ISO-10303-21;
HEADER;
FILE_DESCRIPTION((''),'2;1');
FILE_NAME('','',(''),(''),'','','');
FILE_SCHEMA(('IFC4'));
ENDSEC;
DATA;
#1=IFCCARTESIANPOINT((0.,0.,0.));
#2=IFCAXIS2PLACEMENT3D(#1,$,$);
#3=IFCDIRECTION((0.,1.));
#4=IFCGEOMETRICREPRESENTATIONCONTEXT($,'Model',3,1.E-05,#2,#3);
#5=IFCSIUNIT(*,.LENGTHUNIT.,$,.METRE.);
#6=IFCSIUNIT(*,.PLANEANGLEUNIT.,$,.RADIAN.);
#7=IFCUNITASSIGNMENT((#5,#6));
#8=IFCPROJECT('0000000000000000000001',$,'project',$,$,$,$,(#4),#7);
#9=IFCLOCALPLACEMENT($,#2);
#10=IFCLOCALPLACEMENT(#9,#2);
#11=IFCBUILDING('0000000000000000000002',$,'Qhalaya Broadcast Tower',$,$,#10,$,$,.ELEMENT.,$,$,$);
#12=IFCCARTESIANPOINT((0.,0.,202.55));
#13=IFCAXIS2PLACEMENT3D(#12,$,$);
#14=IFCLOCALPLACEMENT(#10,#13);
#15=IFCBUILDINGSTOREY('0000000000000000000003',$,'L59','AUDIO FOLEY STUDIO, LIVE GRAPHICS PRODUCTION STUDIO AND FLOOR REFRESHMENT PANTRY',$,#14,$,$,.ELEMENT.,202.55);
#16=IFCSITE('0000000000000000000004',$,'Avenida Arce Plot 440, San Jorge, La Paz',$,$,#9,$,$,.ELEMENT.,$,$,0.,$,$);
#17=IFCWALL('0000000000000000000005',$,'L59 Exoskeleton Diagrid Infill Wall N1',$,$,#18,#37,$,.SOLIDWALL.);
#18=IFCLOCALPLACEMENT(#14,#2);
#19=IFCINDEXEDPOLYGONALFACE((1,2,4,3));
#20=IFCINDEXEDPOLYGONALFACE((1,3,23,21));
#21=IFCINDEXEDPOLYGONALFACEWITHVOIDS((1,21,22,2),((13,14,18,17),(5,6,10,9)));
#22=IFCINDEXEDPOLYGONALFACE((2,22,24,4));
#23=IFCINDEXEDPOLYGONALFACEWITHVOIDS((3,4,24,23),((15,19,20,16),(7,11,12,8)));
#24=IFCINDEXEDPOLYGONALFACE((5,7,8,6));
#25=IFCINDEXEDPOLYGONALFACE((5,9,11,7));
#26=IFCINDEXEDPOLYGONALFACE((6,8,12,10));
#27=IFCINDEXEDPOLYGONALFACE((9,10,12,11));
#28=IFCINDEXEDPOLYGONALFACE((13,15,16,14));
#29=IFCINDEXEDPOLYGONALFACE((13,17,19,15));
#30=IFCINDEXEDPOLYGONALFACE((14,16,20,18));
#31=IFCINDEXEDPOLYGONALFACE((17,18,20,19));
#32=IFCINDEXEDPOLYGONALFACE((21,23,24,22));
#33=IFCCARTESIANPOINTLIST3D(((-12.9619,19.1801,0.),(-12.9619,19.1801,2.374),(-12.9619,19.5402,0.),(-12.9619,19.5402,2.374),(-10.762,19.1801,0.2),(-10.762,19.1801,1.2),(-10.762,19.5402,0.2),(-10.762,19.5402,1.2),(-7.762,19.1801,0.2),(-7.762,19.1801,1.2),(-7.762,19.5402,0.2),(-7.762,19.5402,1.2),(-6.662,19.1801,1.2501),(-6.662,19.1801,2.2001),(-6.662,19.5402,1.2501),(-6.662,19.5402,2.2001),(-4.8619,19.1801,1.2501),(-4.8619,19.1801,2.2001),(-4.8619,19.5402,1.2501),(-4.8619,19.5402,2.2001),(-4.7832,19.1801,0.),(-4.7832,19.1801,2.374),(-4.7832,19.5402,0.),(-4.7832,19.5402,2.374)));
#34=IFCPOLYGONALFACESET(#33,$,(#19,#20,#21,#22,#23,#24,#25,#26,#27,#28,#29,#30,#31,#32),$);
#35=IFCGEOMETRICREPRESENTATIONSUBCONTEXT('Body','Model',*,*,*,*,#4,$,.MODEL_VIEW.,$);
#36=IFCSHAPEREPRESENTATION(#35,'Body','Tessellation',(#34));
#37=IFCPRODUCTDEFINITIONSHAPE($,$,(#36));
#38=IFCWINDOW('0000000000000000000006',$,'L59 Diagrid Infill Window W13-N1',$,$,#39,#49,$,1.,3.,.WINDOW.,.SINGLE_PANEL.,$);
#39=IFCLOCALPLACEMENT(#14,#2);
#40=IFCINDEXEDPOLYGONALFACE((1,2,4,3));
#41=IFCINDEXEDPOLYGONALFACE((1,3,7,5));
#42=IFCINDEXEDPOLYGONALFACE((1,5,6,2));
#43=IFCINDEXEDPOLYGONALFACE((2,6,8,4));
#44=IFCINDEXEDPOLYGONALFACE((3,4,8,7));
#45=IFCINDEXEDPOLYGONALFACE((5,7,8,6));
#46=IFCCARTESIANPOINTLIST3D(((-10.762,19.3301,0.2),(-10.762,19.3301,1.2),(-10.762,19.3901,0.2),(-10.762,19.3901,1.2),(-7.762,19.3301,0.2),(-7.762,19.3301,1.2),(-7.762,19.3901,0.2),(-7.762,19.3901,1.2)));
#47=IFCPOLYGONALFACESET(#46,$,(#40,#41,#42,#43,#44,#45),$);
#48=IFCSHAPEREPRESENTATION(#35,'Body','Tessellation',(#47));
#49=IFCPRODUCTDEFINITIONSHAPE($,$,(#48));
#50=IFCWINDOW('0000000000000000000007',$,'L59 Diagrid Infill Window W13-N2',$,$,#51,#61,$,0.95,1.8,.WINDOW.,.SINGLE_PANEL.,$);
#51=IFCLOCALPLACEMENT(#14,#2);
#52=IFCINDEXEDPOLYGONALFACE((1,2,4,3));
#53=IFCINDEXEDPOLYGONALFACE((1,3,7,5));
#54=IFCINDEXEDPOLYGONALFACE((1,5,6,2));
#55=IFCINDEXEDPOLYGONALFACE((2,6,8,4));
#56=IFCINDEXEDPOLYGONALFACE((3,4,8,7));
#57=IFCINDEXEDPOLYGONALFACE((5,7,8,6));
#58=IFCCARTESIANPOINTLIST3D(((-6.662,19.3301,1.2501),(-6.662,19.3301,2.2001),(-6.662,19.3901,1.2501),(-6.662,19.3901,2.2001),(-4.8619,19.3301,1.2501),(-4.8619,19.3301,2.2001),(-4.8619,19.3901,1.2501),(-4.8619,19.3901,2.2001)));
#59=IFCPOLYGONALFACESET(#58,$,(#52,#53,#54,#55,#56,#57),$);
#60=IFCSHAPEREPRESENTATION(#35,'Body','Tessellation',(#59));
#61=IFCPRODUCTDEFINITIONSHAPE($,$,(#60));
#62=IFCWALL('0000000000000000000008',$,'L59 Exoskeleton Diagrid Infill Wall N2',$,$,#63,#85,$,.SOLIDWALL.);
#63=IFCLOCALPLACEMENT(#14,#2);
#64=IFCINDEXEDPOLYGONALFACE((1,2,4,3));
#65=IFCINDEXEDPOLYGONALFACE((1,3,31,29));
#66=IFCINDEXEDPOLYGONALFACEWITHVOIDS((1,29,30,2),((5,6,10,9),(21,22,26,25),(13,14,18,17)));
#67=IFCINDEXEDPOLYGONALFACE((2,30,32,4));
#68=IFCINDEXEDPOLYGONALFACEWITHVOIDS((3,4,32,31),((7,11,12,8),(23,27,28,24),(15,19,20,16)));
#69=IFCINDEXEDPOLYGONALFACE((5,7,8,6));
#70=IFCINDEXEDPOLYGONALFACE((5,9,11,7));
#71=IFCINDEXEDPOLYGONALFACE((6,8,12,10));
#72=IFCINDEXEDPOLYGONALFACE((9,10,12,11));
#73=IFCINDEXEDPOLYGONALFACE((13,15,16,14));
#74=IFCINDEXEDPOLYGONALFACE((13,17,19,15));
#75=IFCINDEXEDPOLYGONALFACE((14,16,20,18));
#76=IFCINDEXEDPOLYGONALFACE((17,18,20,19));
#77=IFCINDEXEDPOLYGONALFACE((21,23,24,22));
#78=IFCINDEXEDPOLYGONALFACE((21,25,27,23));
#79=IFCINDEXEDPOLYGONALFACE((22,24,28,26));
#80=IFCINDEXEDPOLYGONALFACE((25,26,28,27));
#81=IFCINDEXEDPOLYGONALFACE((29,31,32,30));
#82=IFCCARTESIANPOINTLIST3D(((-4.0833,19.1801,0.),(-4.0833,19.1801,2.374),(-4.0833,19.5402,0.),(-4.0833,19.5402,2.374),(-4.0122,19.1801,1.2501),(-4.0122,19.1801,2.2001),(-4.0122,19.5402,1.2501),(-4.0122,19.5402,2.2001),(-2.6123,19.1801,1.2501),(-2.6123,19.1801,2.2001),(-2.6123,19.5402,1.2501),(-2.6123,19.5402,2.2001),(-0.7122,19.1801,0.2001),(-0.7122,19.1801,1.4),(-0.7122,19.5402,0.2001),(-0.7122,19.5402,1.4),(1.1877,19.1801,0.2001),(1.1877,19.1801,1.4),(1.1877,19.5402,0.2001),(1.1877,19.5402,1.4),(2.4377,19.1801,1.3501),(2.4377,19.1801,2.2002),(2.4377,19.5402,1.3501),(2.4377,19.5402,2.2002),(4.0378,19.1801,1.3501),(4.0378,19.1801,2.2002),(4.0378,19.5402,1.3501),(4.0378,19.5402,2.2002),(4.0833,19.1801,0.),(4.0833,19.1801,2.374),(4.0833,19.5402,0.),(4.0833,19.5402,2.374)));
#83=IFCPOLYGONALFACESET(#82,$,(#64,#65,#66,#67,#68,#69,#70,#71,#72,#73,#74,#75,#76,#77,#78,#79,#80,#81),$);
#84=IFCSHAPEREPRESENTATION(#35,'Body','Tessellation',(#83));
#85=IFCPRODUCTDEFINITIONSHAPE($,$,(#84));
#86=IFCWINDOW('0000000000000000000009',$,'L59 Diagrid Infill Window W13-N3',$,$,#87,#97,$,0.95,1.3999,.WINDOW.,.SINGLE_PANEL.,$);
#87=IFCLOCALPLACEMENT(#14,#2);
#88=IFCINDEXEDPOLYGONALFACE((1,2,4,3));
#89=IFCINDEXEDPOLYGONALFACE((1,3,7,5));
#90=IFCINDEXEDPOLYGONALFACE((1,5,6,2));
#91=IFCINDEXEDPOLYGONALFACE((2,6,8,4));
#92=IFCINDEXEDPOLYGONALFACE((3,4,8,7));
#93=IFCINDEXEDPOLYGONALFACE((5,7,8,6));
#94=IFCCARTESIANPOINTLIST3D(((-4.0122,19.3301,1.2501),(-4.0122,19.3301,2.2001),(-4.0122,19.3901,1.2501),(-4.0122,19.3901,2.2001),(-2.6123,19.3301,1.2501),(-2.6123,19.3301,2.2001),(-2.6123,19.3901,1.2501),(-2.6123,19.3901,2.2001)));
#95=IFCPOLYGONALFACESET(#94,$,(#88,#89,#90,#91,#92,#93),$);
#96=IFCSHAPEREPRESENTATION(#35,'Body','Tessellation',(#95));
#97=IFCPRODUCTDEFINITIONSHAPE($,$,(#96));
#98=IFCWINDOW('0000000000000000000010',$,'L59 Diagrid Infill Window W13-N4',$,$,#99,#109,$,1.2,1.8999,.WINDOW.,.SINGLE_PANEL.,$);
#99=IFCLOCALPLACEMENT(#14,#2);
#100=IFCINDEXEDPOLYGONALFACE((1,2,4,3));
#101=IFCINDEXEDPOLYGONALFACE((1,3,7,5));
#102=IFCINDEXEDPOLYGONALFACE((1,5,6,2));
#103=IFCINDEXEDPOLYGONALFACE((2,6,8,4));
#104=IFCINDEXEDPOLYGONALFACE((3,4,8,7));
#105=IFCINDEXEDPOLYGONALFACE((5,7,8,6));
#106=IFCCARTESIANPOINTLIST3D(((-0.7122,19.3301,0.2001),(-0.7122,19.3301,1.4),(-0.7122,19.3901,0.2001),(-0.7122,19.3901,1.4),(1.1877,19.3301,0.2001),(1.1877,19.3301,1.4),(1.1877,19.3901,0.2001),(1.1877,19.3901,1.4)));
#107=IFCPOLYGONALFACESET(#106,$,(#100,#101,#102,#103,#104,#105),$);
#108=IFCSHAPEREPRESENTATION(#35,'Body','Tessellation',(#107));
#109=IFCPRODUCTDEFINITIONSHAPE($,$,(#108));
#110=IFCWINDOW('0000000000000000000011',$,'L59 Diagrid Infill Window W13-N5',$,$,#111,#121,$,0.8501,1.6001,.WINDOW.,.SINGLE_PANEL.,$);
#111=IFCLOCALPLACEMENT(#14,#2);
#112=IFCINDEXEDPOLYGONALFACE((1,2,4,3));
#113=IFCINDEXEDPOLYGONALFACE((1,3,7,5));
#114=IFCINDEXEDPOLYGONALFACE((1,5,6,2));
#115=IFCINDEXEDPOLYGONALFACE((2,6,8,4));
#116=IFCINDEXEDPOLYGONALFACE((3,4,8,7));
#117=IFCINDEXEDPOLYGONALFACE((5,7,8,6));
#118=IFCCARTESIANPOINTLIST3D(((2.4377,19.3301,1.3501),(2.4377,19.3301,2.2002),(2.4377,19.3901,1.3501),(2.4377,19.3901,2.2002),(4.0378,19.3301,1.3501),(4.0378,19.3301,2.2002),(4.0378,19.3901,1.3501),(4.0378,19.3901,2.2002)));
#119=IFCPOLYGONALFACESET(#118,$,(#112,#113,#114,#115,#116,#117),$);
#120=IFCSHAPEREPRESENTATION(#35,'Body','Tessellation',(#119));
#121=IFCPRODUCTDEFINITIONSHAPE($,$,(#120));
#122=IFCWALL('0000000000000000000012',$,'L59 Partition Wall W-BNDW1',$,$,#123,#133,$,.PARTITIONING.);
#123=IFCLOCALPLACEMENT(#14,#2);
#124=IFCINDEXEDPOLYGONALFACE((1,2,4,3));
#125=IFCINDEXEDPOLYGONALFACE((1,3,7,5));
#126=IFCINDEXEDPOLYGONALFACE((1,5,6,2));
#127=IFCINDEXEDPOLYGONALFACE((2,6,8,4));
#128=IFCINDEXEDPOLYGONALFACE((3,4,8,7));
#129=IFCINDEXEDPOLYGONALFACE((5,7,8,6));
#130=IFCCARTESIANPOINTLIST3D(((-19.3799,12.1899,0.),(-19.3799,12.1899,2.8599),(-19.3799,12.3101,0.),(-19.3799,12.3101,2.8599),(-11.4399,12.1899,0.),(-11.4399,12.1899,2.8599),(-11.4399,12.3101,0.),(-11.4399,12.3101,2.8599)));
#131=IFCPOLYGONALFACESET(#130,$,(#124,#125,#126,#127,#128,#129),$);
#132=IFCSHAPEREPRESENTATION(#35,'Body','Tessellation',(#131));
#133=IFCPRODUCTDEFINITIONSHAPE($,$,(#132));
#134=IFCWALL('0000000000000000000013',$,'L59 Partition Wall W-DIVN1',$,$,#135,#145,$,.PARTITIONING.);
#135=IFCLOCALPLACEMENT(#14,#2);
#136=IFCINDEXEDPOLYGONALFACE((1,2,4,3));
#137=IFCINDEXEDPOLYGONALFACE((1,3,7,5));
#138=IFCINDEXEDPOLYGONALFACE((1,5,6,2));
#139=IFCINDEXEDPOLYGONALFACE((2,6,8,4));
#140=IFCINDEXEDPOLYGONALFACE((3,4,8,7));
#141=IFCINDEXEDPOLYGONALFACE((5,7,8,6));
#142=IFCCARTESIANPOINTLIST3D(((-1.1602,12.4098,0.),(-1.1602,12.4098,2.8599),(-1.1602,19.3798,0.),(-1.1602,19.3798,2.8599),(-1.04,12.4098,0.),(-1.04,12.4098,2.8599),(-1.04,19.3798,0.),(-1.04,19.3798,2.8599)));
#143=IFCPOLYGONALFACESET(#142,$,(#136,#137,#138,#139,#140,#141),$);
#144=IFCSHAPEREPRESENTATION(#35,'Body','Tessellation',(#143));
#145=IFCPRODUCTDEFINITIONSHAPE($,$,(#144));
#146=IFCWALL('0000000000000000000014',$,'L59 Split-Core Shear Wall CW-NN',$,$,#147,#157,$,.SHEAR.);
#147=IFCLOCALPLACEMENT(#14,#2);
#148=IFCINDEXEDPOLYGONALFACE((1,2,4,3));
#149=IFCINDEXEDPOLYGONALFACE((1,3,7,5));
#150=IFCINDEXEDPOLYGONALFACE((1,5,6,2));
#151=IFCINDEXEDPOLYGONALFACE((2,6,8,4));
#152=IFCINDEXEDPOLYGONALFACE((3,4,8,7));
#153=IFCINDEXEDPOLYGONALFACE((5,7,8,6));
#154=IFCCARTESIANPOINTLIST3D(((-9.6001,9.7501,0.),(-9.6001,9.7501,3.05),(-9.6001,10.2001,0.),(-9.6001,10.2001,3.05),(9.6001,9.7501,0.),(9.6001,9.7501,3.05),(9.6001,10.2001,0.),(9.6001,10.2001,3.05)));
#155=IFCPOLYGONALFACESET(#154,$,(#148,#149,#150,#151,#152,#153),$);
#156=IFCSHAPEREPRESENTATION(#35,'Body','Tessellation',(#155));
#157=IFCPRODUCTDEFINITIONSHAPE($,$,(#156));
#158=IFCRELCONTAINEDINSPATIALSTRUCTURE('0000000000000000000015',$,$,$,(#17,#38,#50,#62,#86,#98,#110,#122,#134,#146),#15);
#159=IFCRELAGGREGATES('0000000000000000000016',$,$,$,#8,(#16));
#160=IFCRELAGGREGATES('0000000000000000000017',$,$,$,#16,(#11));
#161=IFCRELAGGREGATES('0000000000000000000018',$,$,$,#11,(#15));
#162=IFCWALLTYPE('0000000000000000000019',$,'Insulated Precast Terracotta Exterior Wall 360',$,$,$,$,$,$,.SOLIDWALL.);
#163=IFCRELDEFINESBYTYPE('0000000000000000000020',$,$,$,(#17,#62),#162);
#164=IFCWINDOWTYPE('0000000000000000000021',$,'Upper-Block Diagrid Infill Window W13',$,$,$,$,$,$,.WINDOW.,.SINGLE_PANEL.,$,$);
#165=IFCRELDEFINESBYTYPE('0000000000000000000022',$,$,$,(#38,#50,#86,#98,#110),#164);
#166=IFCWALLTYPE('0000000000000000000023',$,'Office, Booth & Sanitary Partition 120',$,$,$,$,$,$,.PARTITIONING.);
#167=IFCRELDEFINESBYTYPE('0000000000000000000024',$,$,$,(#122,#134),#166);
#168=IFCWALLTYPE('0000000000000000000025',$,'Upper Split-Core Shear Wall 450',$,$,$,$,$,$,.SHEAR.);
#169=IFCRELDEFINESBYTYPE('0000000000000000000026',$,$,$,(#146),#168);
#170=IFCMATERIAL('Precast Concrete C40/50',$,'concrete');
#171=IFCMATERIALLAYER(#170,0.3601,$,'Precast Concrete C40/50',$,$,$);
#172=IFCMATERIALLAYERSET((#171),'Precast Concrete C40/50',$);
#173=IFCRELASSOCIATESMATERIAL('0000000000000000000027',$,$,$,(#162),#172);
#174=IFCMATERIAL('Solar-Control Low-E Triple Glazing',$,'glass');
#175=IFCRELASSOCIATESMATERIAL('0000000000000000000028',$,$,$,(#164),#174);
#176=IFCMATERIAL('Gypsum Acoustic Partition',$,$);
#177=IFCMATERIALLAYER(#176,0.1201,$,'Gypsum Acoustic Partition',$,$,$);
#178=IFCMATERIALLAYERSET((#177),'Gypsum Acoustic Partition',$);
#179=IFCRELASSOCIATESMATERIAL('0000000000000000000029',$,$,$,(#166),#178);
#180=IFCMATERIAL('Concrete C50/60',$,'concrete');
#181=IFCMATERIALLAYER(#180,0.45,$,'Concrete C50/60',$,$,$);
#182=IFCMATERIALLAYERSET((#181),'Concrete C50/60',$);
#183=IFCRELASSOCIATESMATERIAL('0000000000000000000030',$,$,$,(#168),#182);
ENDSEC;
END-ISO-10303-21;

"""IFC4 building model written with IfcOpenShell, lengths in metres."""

from ifc_helpers import new_model, si_unit, direction, frame, frame_2d, origin, place, context, subcontext, project, spatial, rectangle, extrude, material, layer, layer_set, type_object, element, fill, save


model = new_model("IFC4")

# Units and contexts
model_context = context("Model", 3, precision=1e-05, world=origin(), true_north=direction((0.0, 1.0)))
body_context = subcontext(model_context, "Body", "Model", "MODEL_VIEW")
ifc_project = project(units=[si_unit("LENGTHUNIT", "METRE"), si_unit("PLANEANGLEUNIT", "RADIAN")], contexts=[model_context])

# Site, building, storey
site_placement = place(None, origin())
site = spatial("IfcSite", under=ifc_project, at=site_placement, Name="Avenida Arce Plot 440, San Jorge, La Paz", CompositionType="ELEMENT", RefElevation=0.0)
building_placement = place(site_placement, origin())
building = spatial("IfcBuilding", under=site, at=building_placement, Name="Qhalaya Broadcast Tower", CompositionType="ELEMENT")
storey_placement = place(building_placement, frame((0.0, 0.0, 202.55)))
storey = spatial("IfcBuildingStorey", under=building, at=storey_placement, Name="L59", Description="AUDIO FOLEY STUDIO, LIVE GRAPHICS PRODUCTION STUDIO AND FLOOR REFRESHMENT PANTRY", CompositionType="ELEMENT", Elevation=202.55)

# Shared definitions
ifc_material_1 = material(Name="Concrete C50/60", Category="concrete")

# Shared definitions
ifc_material_2 = material(Name="Gypsum Acoustic Partition")

# Walls, openings, windows
ifc_material_3 = material(Name="Precast Concrete C40/50", Category="concrete")
ifc_layer_1 = layer(ifc_material_3, 0.3601, Name="Precast Concrete C40/50")
ifc_layer_set_1 = layer_set([ifc_layer_1], Name="Precast Concrete C40/50")
wall_type_1 = type_object("IfcWallType", Name="Insulated Precast Terracotta Exterior Wall 360", PredefinedType="SOLIDWALL", material=ifc_layer_set_1)
wall_1_placement = place(storey_placement, frame((-12.9619, 19.3601, 0.0), z_axis=(0.0, 0.0, 1.0), x_axis=(1.0, 0.0, 0.0)))
wall_1 = element("IfcWall", 1, at=wall_1_placement, inside=storey, type_object=wall_type_1, Name="L59 Exoskeleton Diagrid Infill Wall N1", PredefinedType="SOLIDWALL", context=body_context, shape_type="SweptSolid", body=[
    extrude(rectangle(XDim=8.1787, YDim=0.3601, at=frame_2d((4.0894, 0.0))), origin(), (0.0, 0.0, 1.0), 2.374),
])
opening_1_placement = place(wall_1_placement, frame((2.2, 0.0, 0.2)))
opening_1 = element("IfcOpeningElement", 2, at=opening_1_placement, cuts=wall_1, PredefinedType="OPENING", context=body_context, shape_type="SweptSolid", body=[
    extrude(rectangle(XDim=3.0, YDim=1.0, at=frame_2d((1.5, 0.5))), frame((0.0, 0.1921, 0.0), z_axis=(0.0, -1.0, 0.0), x_axis=(1.0, 0.0, 0.0)), (0.0, 0.0, 1.0), 0.384),
])
opening_2_placement = place(wall_1_placement, frame((6.3, 0.0, 1.25)))
opening_2 = element("IfcOpeningElement", 3, at=opening_2_placement, cuts=wall_1, PredefinedType="OPENING", context=body_context, shape_type="SweptSolid", body=[
    extrude(rectangle(XDim=1.8, YDim=0.95, at=frame_2d((0.8999, 0.4751))), frame((0.0, 0.1921, 0.0), z_axis=(0.0, -1.0, 0.0), x_axis=(1.0, 0.0, 0.0)), (0.0, 0.0, 1.0), 0.384),
])
ifc_material_4 = material(Name="Solar-Control Low-E Triple Glazing", Category="glass")
window_type = type_object("IfcWindowType", Name="Upper-Block Diagrid Infill Window W13", PartitioningType="SINGLE_PANEL", PredefinedType="WINDOW", material=ifc_material_4)
window_1_placement = place(opening_1_placement, origin())
window_1 = element("IfcWindow", 4, at=window_1_placement, inside=storey, type_object=window_type, Name="L59 Diagrid Infill Window W13-N1", OverallHeight=1.0, OverallWidth=3.0, PartitioningType="SINGLE_PANEL", PredefinedType="WINDOW", context=body_context, shape_type="SweptSolid", body=[
    extrude(rectangle(XDim=3.0, YDim=1.0, at=frame_2d((1.5, 0.5))), frame((0.0, 0.03, 0.0), z_axis=(0.0, -1.0, 0.0), x_axis=(1.0, 0.0, 0.0)), (0.0, 0.0, 1.0), 0.0601),
])
fill(opening_1, window_1)
window_2_placement = place(opening_2_placement, origin())
window_2 = element("IfcWindow", 5, at=window_2_placement, inside=storey, type_object=window_type, Name="L59 Diagrid Infill Window W13-N2", OverallHeight=0.95, OverallWidth=1.8, PartitioningType="SINGLE_PANEL", PredefinedType="WINDOW", context=body_context, shape_type="SweptSolid", body=[
    extrude(rectangle(XDim=1.8, YDim=0.95, at=frame_2d((0.8999, 0.4751))), frame((0.0, 0.03, 0.0), z_axis=(0.0, -1.0, 0.0), x_axis=(1.0, 0.0, 0.0)), (0.0, 0.0, 1.0), 0.0601),
])
fill(opening_2, window_2)
wall_2_placement = place(storey_placement, frame((-4.0833, 19.3601, 0.0), z_axis=(0.0, 0.0, 1.0), x_axis=(1.0, 0.0, 0.0)))
wall_2 = element("IfcWall", 6, at=wall_2_placement, inside=storey, type_object=wall_type_1, Name="L59 Exoskeleton Diagrid Infill Wall N2", PredefinedType="SOLIDWALL", context=body_context, shape_type="SweptSolid", body=[
    extrude(rectangle(XDim=8.1665, YDim=0.3601, at=frame_2d((4.0833, 0.0))), origin(), (0.0, 0.0, 1.0), 2.374),
])
opening_3_placement = place(wall_2_placement, frame((0.071, 0.0, 1.25)))
opening_3 = element("IfcOpeningElement", 7, at=opening_3_placement, cuts=wall_2, PredefinedType="OPENING", context=body_context, shape_type="SweptSolid", body=[
    extrude(rectangle(XDim=1.3999, YDim=0.95, at=frame_2d((0.7, 0.4751))), frame((0.0, 0.1921, 0.0), z_axis=(0.0, -1.0, 0.0), x_axis=(1.0, 0.0, 0.0)), (0.0, 0.0, 1.0), 0.384),
])
opening_4_placement = place(wall_2_placement, frame((3.3711, 0.0, 0.2)))
opening_4 = element("IfcOpeningElement", 8, at=opening_4_placement, cuts=wall_2, PredefinedType="OPENING", context=body_context, shape_type="SweptSolid", body=[
    extrude(rectangle(XDim=1.8999, YDim=1.2, at=frame_2d((0.95, 0.6001))), frame((0.0, 0.1921, 0.0), z_axis=(0.0, -1.0, 0.0), x_axis=(1.0, 0.0, 0.0)), (0.0, 0.0, 1.0), 0.384),
])
opening_5_placement = place(wall_2_placement, frame((6.521, 0.0, 1.3501)))
opening_5 = element("IfcOpeningElement", 9, at=opening_5_placement, cuts=wall_2, PredefinedType="OPENING", context=body_context, shape_type="SweptSolid", body=[
    extrude(rectangle(XDim=1.6001, YDim=0.8501, at=frame_2d((0.8, 0.425))), frame((0.0, 0.1921, 0.0), z_axis=(0.0, -1.0, 0.0), x_axis=(1.0, 0.0, 0.0)), (0.0, 0.0, 1.0), 0.384),
])
window_3_placement = place(opening_3_placement, origin())
window_3 = element("IfcWindow", 10, at=window_3_placement, inside=storey, type_object=window_type, Name="L59 Diagrid Infill Window W13-N3", OverallHeight=0.95, OverallWidth=1.3999, PartitioningType="SINGLE_PANEL", PredefinedType="WINDOW", context=body_context, shape_type="SweptSolid", body=[
    extrude(rectangle(XDim=1.3999, YDim=0.95, at=frame_2d((0.7, 0.4751))), frame((0.0, 0.03, 0.0), z_axis=(0.0, -1.0, 0.0), x_axis=(1.0, 0.0, 0.0)), (0.0, 0.0, 1.0), 0.0601),
])
fill(opening_3, window_3)
window_4_placement = place(opening_4_placement, origin())
window_4 = element("IfcWindow", 11, at=window_4_placement, inside=storey, type_object=window_type, Name="L59 Diagrid Infill Window W13-N4", OverallHeight=1.2, OverallWidth=1.8999, PartitioningType="SINGLE_PANEL", PredefinedType="WINDOW", context=body_context, shape_type="SweptSolid", body=[
    extrude(rectangle(XDim=1.8999, YDim=1.2, at=frame_2d((0.95, 0.6001))), frame((0.0, 0.03, 0.0), z_axis=(0.0, -1.0, 0.0), x_axis=(1.0, 0.0, 0.0)), (0.0, 0.0, 1.0), 0.0601),
])
fill(opening_4, window_4)
window_5_placement = place(opening_5_placement, origin())
window_5 = element("IfcWindow", 12, at=window_5_placement, inside=storey, type_object=window_type, Name="L59 Diagrid Infill Window W13-N5", OverallHeight=0.8501, OverallWidth=1.6001, PartitioningType="SINGLE_PANEL", PredefinedType="WINDOW", context=body_context, shape_type="SweptSolid", body=[
    extrude(rectangle(XDim=1.6001, YDim=0.8501, at=frame_2d((0.8, 0.425))), frame((0.0, 0.03, 0.0), z_axis=(0.0, -1.0, 0.0), x_axis=(1.0, 0.0, 0.0)), (0.0, 0.0, 1.0), 0.0601),
])
fill(opening_5, window_5)

# Walls
ifc_layer_2 = layer(ifc_material_2, 0.1201, Name="Gypsum Acoustic Partition")
ifc_layer_set_2 = layer_set([ifc_layer_2], Name="Gypsum Acoustic Partition")
wall_type_2 = type_object("IfcWallType", Name="Office, Booth & Sanitary Partition 120", PredefinedType="PARTITIONING", material=ifc_layer_set_2)
wall_3_placement = place(storey_placement, frame((-19.3799, 12.25, 0.0), z_axis=(0.0, 0.0, 1.0), x_axis=(1.0, 0.0, 0.0)))
element("IfcWall", 13, at=wall_3_placement, inside=storey, type_object=wall_type_2, Name="L59 Partition Wall W-BNDW1", PredefinedType="PARTITIONING", context=body_context, shape_type="SweptSolid", body=[
    extrude(rectangle(XDim=7.9399, YDim=0.1201, at=frame_2d((3.97, 0.0))), origin(), (0.0, 0.0, 1.0), 2.8599),
])
wall_4_placement = place(storey_placement, frame((-1.1001, 12.4099, 0.0), z_axis=(0.0, 0.0, 1.0), x_axis=(0.0, 1.0, 0.0)))
element("IfcWall", 14, at=wall_4_placement, inside=storey, type_object=wall_type_2, Name="L59 Partition Wall W-DIVN1", PredefinedType="PARTITIONING", context=body_context, shape_type="SweptSolid", body=[
    extrude(rectangle(XDim=6.97, YDim=0.1201, at=frame_2d((3.4849, 0.0))), origin(), (0.0, 0.0, 1.0), 2.8599),
])
ifc_layer_3 = layer(ifc_material_1, 0.45, Name="Concrete C50/60")
ifc_layer_set_3 = layer_set([ifc_layer_3], Name="Concrete C50/60")
wall_type_3 = type_object("IfcWallType", Name="Upper Split-Core Shear Wall 450", PredefinedType="SHEAR", material=ifc_layer_set_3)
wall_5_placement = place(storey_placement, frame((-9.6001, 9.9751, 0.0), z_axis=(0.0, 0.0, 1.0), x_axis=(1.0, 0.0, 0.0)))
element("IfcWall", 15, at=wall_5_placement, inside=storey, type_object=wall_type_3, Name="L59 Split-Core Shear Wall CW-NN", PredefinedType="SHEAR", context=body_context, shape_type="SweptSolid", body=[
    extrude(rectangle(XDim=19.2002, YDim=0.45, at=frame_2d((9.6001, 0.0))), origin(), (0.0, 0.0, 1.0), 3.05),
])

save(model, "model.ifc")
